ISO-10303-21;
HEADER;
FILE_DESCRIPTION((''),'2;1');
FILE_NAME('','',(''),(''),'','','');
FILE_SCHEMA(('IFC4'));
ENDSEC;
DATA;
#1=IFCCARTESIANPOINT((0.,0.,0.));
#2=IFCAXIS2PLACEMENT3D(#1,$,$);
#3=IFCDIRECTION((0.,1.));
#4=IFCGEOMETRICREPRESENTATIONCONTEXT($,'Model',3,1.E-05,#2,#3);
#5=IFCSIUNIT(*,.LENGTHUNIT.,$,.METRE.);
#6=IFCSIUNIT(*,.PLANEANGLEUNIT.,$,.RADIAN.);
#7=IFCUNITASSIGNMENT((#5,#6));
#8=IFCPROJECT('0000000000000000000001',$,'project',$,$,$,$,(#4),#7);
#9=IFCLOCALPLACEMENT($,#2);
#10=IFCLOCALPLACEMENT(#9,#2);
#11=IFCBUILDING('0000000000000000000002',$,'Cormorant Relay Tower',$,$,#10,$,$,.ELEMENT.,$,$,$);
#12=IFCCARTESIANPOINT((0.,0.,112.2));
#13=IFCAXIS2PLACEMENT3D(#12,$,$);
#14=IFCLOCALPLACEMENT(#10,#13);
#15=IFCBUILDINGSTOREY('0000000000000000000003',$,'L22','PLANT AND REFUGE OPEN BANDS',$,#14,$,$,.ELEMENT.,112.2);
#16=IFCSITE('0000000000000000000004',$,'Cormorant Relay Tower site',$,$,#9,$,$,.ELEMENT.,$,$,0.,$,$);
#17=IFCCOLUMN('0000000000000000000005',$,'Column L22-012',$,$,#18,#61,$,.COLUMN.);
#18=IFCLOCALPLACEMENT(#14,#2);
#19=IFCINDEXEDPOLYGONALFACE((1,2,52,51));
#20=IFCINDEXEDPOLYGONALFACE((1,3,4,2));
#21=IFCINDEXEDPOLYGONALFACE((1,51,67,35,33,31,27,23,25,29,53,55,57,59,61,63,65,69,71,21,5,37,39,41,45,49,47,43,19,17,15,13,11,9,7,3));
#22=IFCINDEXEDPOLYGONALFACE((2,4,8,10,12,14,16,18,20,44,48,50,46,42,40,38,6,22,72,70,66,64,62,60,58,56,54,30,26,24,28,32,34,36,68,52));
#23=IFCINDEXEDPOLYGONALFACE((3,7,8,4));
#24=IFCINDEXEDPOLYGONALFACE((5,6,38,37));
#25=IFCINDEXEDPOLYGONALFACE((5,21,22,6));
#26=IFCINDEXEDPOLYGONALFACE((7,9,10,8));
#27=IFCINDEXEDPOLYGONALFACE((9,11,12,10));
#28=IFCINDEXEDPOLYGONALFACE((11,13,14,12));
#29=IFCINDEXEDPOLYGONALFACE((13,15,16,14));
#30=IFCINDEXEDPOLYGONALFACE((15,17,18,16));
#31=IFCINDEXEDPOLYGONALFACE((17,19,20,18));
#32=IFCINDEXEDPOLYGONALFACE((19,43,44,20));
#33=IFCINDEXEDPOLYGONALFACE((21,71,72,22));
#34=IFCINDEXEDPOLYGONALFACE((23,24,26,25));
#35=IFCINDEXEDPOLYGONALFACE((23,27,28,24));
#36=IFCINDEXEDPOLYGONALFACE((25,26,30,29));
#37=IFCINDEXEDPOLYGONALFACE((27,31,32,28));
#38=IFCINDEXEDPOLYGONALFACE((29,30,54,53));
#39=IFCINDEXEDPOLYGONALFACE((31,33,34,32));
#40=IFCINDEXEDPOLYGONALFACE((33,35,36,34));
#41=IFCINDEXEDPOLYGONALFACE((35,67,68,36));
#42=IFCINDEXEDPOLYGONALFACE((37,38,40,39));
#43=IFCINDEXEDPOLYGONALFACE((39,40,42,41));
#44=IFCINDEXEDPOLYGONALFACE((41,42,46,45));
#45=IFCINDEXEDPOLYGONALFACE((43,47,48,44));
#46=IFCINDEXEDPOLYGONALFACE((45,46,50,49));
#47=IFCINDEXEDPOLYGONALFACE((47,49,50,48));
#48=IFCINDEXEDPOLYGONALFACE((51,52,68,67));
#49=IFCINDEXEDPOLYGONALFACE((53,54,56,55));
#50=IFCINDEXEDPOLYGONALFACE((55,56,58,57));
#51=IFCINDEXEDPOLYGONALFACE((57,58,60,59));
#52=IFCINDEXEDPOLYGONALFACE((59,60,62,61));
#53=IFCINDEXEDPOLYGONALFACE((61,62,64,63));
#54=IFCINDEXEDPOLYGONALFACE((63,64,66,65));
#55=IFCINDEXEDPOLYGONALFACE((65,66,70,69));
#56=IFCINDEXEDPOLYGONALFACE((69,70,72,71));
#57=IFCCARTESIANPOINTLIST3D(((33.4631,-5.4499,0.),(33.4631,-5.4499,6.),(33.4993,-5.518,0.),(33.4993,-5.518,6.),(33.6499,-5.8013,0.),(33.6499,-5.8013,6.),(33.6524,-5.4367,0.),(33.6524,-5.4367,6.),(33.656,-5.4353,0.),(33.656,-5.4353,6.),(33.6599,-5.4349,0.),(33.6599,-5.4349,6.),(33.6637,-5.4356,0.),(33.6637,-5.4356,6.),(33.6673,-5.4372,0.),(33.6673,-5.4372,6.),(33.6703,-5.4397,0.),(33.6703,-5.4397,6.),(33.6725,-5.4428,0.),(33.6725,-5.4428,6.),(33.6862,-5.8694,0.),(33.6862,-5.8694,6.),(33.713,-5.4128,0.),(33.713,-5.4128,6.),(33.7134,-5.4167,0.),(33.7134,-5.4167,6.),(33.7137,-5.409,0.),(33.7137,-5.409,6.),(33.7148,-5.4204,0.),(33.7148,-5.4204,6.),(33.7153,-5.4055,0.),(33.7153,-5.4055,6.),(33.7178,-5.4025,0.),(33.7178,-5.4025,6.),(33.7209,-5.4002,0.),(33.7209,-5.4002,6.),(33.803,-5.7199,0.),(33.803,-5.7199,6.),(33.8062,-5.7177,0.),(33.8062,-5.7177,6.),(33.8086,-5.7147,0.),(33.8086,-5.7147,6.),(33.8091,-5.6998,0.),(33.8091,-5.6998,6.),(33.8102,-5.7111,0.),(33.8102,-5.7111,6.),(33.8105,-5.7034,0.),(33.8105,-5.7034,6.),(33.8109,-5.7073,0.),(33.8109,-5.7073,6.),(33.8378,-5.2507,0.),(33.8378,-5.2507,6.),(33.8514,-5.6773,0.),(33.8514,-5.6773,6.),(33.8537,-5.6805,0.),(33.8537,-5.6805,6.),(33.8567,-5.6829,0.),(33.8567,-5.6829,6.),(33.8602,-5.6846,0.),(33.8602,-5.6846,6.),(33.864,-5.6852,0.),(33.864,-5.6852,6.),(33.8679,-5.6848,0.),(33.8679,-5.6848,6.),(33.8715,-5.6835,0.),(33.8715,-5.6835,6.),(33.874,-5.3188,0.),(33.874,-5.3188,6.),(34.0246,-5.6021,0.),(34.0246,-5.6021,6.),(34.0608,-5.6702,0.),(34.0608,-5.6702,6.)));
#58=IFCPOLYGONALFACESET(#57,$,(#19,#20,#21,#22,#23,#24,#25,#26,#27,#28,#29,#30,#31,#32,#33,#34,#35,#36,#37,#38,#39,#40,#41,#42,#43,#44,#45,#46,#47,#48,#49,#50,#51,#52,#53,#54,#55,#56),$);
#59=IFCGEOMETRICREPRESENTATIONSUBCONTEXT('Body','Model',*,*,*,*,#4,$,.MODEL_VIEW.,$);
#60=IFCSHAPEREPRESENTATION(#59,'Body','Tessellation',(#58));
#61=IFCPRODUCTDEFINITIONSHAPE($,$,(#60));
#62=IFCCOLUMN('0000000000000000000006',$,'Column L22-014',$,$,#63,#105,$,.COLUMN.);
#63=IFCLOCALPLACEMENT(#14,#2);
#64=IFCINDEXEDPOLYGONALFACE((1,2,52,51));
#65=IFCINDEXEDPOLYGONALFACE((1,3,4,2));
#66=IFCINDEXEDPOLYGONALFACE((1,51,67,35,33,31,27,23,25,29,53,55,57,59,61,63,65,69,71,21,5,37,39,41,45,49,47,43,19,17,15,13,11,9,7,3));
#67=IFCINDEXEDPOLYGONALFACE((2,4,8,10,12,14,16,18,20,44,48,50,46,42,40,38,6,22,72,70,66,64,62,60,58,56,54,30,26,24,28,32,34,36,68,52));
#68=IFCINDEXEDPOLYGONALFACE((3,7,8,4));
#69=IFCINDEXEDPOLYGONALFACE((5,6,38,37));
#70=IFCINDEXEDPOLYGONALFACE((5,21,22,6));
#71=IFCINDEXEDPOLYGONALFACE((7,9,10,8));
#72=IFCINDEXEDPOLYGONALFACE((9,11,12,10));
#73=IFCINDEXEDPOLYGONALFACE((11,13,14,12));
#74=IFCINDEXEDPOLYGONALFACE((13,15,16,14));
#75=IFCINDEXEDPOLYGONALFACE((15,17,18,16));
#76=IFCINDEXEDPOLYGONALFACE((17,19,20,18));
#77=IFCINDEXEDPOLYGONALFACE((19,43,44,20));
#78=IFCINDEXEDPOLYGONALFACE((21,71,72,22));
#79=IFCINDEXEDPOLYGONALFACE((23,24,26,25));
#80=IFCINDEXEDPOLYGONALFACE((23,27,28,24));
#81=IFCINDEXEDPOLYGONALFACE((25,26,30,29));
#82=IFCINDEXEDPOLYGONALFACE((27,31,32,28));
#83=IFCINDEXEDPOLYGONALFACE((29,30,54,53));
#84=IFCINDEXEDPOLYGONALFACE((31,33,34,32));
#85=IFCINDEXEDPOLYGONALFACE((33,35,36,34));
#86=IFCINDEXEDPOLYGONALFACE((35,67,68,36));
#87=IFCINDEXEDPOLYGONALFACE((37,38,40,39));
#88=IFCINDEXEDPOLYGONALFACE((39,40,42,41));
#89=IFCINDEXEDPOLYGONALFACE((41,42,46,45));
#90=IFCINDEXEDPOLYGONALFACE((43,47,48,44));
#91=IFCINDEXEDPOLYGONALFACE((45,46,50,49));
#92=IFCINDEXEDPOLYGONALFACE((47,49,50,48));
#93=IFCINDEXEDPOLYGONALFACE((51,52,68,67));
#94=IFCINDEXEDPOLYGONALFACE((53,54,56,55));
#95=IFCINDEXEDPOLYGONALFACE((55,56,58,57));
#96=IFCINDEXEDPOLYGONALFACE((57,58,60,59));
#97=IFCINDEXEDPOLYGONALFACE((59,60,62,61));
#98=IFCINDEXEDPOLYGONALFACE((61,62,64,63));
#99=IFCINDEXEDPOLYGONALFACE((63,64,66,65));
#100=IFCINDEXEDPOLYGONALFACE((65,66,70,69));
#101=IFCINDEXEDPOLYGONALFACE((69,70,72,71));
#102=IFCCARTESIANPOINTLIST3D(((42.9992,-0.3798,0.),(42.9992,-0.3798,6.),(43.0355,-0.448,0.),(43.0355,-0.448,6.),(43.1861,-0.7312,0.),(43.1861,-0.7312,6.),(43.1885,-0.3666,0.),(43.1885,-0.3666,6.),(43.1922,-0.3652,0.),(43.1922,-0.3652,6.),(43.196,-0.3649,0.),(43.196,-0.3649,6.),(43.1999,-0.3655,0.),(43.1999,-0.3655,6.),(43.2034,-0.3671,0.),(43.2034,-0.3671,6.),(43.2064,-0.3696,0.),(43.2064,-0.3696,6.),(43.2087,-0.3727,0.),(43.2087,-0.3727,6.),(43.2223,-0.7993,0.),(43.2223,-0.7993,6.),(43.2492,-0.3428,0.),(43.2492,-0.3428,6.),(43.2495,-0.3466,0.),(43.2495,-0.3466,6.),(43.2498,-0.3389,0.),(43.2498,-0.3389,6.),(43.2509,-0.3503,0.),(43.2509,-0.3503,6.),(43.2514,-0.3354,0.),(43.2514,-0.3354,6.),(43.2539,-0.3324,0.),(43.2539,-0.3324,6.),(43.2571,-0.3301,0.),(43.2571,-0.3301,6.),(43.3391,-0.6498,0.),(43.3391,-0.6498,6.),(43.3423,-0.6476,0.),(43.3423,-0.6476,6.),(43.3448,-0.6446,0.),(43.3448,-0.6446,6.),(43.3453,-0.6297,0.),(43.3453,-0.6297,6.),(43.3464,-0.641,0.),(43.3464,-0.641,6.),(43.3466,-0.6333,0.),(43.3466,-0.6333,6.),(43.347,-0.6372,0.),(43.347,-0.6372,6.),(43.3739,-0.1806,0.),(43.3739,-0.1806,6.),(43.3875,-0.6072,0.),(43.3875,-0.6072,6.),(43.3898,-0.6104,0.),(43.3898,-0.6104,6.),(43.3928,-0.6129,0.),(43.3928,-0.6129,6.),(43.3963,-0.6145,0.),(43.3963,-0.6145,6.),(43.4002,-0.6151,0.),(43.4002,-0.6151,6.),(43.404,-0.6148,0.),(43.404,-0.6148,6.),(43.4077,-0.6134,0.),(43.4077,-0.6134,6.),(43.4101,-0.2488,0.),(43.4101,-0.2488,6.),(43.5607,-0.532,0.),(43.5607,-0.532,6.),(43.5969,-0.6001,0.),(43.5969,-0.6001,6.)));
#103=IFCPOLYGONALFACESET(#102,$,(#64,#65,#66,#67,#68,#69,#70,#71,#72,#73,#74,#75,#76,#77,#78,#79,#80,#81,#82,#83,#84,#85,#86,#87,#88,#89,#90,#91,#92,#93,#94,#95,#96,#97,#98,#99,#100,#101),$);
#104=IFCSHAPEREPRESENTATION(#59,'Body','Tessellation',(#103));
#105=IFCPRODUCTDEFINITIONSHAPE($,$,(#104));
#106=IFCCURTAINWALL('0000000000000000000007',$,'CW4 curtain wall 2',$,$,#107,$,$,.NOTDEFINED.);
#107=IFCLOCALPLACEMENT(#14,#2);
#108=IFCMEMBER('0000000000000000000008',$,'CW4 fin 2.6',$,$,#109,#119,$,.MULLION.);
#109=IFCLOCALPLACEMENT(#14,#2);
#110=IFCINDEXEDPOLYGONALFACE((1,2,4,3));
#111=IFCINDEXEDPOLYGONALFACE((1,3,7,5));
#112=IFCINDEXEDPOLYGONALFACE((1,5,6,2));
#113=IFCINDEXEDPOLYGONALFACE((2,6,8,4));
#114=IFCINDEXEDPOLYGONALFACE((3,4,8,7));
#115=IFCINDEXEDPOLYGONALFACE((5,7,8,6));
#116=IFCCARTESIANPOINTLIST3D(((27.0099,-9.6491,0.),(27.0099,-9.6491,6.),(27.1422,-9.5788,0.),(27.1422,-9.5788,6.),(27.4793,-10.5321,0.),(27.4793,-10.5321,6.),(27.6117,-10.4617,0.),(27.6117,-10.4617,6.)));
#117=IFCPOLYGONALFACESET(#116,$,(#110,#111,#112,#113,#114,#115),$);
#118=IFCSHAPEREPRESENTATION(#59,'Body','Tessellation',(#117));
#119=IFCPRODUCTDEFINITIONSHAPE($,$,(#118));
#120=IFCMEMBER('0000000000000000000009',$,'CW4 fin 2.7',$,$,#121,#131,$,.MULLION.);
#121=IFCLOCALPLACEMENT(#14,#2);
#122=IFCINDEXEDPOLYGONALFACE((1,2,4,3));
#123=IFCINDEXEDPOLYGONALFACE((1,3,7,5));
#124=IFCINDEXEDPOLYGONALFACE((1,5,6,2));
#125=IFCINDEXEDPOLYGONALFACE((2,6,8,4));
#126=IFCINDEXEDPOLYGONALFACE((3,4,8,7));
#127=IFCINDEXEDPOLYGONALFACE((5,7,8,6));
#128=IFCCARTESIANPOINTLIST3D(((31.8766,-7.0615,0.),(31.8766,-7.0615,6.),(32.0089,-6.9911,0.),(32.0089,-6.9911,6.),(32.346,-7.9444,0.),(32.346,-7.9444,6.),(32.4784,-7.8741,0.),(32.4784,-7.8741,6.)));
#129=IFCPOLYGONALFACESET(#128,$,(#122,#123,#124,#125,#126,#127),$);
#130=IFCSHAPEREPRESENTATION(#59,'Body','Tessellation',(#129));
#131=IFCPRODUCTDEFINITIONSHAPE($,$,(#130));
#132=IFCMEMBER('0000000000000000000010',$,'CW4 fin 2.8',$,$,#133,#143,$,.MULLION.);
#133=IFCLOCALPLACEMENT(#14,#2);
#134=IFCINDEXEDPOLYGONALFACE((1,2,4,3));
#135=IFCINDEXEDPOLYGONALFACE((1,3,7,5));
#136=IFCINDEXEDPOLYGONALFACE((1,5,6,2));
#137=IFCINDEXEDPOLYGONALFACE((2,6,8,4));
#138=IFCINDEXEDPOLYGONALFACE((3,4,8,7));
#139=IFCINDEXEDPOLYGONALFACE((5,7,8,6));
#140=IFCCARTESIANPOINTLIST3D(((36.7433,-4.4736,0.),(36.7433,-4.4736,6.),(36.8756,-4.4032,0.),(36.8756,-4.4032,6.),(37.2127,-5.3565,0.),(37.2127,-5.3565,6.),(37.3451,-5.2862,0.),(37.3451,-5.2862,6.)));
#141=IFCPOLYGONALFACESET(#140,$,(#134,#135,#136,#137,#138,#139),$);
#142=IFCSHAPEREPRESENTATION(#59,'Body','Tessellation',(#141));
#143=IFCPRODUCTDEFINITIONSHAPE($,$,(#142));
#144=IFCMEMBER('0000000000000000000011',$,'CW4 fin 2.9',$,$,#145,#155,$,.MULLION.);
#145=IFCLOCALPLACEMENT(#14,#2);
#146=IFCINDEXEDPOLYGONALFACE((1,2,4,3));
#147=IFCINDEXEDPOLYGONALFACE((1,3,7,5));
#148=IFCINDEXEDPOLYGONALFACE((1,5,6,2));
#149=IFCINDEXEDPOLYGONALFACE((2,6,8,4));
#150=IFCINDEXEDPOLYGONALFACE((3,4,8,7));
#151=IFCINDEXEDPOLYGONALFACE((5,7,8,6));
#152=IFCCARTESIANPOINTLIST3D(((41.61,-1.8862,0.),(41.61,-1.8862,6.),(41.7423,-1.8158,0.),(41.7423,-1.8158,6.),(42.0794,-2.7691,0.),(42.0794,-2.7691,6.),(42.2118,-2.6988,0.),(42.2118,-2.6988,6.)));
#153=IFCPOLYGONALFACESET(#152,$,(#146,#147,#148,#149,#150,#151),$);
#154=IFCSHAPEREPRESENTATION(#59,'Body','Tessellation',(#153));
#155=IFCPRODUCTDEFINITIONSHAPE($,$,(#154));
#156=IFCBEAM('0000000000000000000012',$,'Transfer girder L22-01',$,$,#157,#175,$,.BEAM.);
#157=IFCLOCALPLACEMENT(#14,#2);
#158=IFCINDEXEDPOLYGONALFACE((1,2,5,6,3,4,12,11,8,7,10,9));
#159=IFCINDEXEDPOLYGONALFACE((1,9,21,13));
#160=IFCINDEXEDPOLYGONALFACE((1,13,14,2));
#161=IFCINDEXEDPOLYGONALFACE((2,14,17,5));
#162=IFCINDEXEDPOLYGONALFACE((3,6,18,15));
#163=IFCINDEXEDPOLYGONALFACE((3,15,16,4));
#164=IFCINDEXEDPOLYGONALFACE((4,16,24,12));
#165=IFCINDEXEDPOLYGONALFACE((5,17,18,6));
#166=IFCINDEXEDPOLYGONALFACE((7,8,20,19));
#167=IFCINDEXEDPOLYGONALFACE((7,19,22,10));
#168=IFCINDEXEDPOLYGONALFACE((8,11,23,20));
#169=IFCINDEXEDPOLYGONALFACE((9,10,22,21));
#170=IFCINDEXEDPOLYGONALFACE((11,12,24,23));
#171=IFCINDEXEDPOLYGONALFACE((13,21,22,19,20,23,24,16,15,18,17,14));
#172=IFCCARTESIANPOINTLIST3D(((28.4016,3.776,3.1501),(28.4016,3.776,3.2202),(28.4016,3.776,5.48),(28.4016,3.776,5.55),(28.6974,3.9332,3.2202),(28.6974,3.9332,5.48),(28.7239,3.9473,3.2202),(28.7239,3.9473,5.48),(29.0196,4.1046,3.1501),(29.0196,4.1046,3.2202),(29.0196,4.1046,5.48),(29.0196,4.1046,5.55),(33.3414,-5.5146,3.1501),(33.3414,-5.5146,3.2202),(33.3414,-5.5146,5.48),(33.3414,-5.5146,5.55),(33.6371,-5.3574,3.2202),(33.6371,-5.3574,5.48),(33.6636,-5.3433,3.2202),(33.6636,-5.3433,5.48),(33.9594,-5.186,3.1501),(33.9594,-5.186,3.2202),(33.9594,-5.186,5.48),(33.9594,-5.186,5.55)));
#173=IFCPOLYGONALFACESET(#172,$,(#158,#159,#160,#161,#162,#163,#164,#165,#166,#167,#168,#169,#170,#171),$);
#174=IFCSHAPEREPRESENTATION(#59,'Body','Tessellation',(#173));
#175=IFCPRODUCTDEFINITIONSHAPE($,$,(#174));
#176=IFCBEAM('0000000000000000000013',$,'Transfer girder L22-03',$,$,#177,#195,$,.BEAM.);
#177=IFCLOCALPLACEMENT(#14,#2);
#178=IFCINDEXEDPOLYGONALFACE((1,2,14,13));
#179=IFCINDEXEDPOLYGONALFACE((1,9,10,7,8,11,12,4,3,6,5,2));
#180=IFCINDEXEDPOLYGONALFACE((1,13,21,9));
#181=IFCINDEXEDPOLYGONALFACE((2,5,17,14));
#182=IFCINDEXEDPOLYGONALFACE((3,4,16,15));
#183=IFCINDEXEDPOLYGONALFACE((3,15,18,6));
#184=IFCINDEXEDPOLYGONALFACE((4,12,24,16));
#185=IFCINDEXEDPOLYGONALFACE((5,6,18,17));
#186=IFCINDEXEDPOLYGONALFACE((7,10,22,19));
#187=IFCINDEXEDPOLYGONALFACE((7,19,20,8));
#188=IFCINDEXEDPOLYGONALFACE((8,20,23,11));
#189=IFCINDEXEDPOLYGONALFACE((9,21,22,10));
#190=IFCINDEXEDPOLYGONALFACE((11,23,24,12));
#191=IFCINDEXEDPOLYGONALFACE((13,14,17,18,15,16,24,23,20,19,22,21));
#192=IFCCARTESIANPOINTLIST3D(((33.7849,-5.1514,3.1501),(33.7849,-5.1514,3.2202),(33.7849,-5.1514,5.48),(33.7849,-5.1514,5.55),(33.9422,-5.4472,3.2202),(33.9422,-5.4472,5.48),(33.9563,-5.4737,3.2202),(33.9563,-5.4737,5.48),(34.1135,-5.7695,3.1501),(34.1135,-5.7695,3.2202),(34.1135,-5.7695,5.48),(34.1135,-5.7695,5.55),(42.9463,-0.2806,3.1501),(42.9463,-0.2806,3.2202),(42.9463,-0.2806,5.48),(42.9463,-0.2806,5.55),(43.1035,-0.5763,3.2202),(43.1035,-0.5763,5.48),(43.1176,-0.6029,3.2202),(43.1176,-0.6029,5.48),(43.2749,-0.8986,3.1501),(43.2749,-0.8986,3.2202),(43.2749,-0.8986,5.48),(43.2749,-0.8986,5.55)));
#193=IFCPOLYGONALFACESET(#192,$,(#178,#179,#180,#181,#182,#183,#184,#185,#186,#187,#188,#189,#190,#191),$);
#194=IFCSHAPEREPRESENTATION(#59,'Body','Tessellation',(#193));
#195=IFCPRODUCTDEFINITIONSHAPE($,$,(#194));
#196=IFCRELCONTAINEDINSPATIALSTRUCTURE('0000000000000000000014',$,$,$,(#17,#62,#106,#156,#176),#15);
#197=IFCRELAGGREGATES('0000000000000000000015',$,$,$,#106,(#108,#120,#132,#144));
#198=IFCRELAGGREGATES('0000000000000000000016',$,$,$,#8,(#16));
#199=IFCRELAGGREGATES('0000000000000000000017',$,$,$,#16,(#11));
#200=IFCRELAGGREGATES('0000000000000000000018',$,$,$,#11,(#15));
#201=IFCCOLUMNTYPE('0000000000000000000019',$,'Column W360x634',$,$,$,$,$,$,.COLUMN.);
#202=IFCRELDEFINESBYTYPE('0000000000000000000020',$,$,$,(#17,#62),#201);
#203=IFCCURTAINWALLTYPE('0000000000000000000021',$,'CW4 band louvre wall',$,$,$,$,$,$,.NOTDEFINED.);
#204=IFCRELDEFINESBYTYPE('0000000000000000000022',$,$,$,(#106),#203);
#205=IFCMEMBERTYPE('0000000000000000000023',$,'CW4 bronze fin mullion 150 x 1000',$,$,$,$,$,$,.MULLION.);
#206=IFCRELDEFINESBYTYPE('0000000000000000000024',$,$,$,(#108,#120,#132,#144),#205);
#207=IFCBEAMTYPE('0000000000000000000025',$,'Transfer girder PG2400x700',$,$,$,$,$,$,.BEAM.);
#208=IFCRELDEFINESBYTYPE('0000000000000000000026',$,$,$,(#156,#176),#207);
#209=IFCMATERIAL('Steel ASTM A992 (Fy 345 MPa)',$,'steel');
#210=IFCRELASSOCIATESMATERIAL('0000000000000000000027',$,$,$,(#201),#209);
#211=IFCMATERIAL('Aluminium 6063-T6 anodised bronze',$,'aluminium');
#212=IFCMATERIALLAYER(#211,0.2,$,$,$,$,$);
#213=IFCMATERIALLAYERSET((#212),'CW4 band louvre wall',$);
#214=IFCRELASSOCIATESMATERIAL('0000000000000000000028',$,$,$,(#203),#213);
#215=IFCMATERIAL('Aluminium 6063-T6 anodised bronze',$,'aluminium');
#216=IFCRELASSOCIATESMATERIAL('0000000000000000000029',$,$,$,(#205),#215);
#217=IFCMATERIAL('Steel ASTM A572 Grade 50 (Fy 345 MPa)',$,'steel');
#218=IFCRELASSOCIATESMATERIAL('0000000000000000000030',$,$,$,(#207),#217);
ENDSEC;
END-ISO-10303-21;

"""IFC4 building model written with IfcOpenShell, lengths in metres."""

from ifc_helpers import new_model, si_unit, direction, frame, origin, origin_2d, place, context, subcontext, project, spatial, rectangle, i_section, extrude, material, layer, layer_set, material_profile, profile_set, type_object, element, aggregate, save


model = new_model("IFC4")

# Units and contexts
model_context = context("Model", 3, precision=1e-05, world=origin(), true_north=direction((0.0, 1.0)))
body_context = subcontext(model_context, "Body", "Model", "MODEL_VIEW")
ifc_project = project(units=[si_unit("LENGTHUNIT", "METRE"), si_unit("PLANEANGLEUNIT", "RADIAN")], contexts=[model_context])

# Site, building, storey
site_placement = place(None, origin())
site = spatial("IfcSite", under=ifc_project, at=site_placement, Name="Cormorant Relay Tower site", CompositionType="ELEMENT", RefElevation=0.0)
building_placement = place(site_placement, origin())
building = spatial("IfcBuilding", under=site, at=building_placement, Name="Cormorant Relay Tower", CompositionType="ELEMENT")
storey_placement = place(building_placement, frame((0.0, 0.0, 112.2)))
storey = spatial("IfcBuildingStorey", under=building, at=storey_placement, Name="L22", Description="PLANT AND REFUGE OPEN BANDS", CompositionType="ELEMENT", Elevation=112.2)

# Columns
ifc_material_1 = material(Name="Steel ASTM A992 (Fy 345 MPa)", Category="steel")
ifc_material_profile_1 = material_profile(ifc_material_1, i_section(OverallWidth=0.4243, OverallDepth=0.4751, WebThickness=0.0479, FlangeThickness=0.0771, FilletRadius=0.0149, at=origin_2d()), Name="W360x634")
ifc_profile_set_1 = profile_set([ifc_material_profile_1], Name="Steel ASTM A992 (Fy 345 MPa)")
column_type = type_object("IfcColumnType", Name="Column W360x634", PredefinedType="COLUMN", material=ifc_profile_set_1)
for number, where, z_axis, x_axis, name in (
    (1, (33.762, -5.5601, 0.0), (0.0, 0.0, 1.0), (0.882948, 0.469472, 0.0), "Column L22-012"),
    (2, (43.2981, -0.49, 0.0), (0.0, 0.0, 1.0), (0.882948, 0.469472, 0.0), "Column L22-014"),
):
    element("IfcColumn", number, at=place(storey_placement, frame(where, z_axis=z_axis, x_axis=x_axis)), inside=storey, type_object=column_type, Name=name, PredefinedType="COLUMN", context=body_context, shape_type="SweptSolid", body=[
        extrude(i_section(OverallWidth=0.4243, OverallDepth=0.4751, WebThickness=0.0479, FlangeThickness=0.0771, FilletRadius=0.0149, at=origin_2d()), origin(), (0.0, 0.0, 1.0), 6.0),
    ])

# Curtain wall, members
ifc_material_2 = material(Name="Aluminium 6063-T6 anodised bronze", Category="aluminium")
ifc_layer = layer(ifc_material_2, 0.2)
ifc_layer_set = layer_set([ifc_layer], Name="CW4 band louvre wall")
curtain_wall_type = type_object("IfcCurtainWallType", Name="CW4 band louvre wall", PredefinedType="NOTDEFINED", material=ifc_layer_set)
curtain_wall_placement = place(storey_placement, origin())
curtain_wall = element("IfcCurtainWall", 3, at=curtain_wall_placement, inside=storey, type_object=curtain_wall_type, Name="CW4 curtain wall 2", PredefinedType="NOTDEFINED")
ifc_material_3 = material(Name="Aluminium 6063-T6 anodised bronze", Category="aluminium")
ifc_material_profile_2 = material_profile(ifc_material_3, rectangle(XDim=0.1499, YDim=1.0, at=origin_2d()), Name="AL 150x1000")
ifc_profile_set_2 = profile_set([ifc_material_profile_2], Name="Aluminium 6063-T6 anodised bronze")
member_type = type_object("IfcMemberType", Name="CW4 bronze fin mullion 150 x 1000", PredefinedType="MULLION", material=ifc_profile_set_2)
member_1_placement = place(storey_placement, frame((27.3108, -10.0554, 0.0), z_axis=(0.0, 0.0, 1.0), x_axis=(0.882948, 0.469472, 0.0)))
member_1 = element("IfcMember", 4, at=member_1_placement, type_object=member_type, Name="CW4 fin 2.6", PredefinedType="MULLION", context=body_context, shape_type="SweptSolid", body=[
    extrude(rectangle(XDim=0.1499, YDim=1.0, at=origin_2d()), origin(), (0.0, 0.0, 1.0), 6.0),
])
member_2_placement = place(storey_placement, frame((32.1775, -7.4678, 0.0), z_axis=(0.0, 0.0, 1.0), x_axis=(0.882948, 0.469472, 0.0)))
member_2 = element("IfcMember", 5, at=member_2_placement, type_object=member_type, Name="CW4 fin 2.7", PredefinedType="MULLION", context=body_context, shape_type="SweptSolid", body=[
    extrude(rectangle(XDim=0.1499, YDim=1.0, at=origin_2d()), origin(), (0.0, 0.0, 1.0), 6.0),
])
member_3_placement = place(storey_placement, frame((37.0442, -4.8799, 0.0), z_axis=(0.0, 0.0, 1.0), x_axis=(0.882948, 0.469472, 0.0)))
member_3 = element("IfcMember", 6, at=member_3_placement, type_object=member_type, Name="CW4 fin 2.8", PredefinedType="MULLION", context=body_context, shape_type="SweptSolid", body=[
    extrude(rectangle(XDim=0.1499, YDim=1.0, at=origin_2d()), origin(), (0.0, 0.0, 1.0), 6.0),
])
member_4_placement = place(storey_placement, frame((41.9109, -2.2925, 0.0), z_axis=(0.0, 0.0, 1.0), x_axis=(0.882948, 0.469472, 0.0)))
member_4 = element("IfcMember", 7, at=member_4_placement, type_object=member_type, Name="CW4 fin 2.9", PredefinedType="MULLION", context=body_context, shape_type="SweptSolid", body=[
    extrude(rectangle(XDim=0.1499, YDim=1.0, at=origin_2d()), origin(), (0.0, 0.0, 1.0), 6.0),
])

# Beams
ifc_material_4 = material(Name="Steel ASTM A572 Grade 50 (Fy 345 MPa)", Category="steel")
ifc_material_profile_3 = material_profile(ifc_material_4, i_section(OverallWidth=0.7, OverallDepth=2.3999, WebThickness=0.03, FlangeThickness=0.0701, at=origin_2d()), Name="PG2400x700")
ifc_profile_set_3 = profile_set([ifc_material_profile_3], Name="Steel ASTM A572 Grade 50 (Fy 345 MPa)")
beam_type = type_object("IfcBeamType", Name="Transfer girder PG2400x700", PredefinedType="BEAM", material=ifc_profile_set_3)
beam_1_placement = place(storey_placement, frame((33.6504, -5.3503, 4.3501), z_axis=(-0.469459, 0.882954, 0.0), x_axis=(-0.882954, -0.469459, 0.0)))
element("IfcBeam", 8, at=beam_1_placement, inside=storey, type_object=beam_type, Name="Transfer girder L22-01", PredefinedType="BEAM", context=body_context, shape_type="SweptSolid", body=[
    extrude(i_section(OverallWidth=0.7, OverallDepth=2.3999, WebThickness=0.03, FlangeThickness=0.0701, at=origin_2d()), origin(), (0.0, 0.0, 1.0), 10.5222),
])
beam_2_placement = place(storey_placement, frame((33.9492, -5.4604, 4.3501), z_axis=(0.882961, 0.469446, 0.0), x_axis=(-0.469446, 0.882961, 0.0)))
element("IfcBeam", 9, at=beam_2_placement, inside=storey, type_object=beam_type, Name="Transfer girder L22-03", PredefinedType="BEAM", context=body_context, shape_type="SweptSolid", body=[
    extrude(i_section(OverallWidth=0.7, OverallDepth=2.3999, WebThickness=0.03, FlangeThickness=0.0701, at=origin_2d()), origin(), (0.0, 0.0, 1.0), 10.3757),
])

aggregate(curtain_wall, [member_1, member_2, member_3, member_4])

save(model, "model.ifc")
